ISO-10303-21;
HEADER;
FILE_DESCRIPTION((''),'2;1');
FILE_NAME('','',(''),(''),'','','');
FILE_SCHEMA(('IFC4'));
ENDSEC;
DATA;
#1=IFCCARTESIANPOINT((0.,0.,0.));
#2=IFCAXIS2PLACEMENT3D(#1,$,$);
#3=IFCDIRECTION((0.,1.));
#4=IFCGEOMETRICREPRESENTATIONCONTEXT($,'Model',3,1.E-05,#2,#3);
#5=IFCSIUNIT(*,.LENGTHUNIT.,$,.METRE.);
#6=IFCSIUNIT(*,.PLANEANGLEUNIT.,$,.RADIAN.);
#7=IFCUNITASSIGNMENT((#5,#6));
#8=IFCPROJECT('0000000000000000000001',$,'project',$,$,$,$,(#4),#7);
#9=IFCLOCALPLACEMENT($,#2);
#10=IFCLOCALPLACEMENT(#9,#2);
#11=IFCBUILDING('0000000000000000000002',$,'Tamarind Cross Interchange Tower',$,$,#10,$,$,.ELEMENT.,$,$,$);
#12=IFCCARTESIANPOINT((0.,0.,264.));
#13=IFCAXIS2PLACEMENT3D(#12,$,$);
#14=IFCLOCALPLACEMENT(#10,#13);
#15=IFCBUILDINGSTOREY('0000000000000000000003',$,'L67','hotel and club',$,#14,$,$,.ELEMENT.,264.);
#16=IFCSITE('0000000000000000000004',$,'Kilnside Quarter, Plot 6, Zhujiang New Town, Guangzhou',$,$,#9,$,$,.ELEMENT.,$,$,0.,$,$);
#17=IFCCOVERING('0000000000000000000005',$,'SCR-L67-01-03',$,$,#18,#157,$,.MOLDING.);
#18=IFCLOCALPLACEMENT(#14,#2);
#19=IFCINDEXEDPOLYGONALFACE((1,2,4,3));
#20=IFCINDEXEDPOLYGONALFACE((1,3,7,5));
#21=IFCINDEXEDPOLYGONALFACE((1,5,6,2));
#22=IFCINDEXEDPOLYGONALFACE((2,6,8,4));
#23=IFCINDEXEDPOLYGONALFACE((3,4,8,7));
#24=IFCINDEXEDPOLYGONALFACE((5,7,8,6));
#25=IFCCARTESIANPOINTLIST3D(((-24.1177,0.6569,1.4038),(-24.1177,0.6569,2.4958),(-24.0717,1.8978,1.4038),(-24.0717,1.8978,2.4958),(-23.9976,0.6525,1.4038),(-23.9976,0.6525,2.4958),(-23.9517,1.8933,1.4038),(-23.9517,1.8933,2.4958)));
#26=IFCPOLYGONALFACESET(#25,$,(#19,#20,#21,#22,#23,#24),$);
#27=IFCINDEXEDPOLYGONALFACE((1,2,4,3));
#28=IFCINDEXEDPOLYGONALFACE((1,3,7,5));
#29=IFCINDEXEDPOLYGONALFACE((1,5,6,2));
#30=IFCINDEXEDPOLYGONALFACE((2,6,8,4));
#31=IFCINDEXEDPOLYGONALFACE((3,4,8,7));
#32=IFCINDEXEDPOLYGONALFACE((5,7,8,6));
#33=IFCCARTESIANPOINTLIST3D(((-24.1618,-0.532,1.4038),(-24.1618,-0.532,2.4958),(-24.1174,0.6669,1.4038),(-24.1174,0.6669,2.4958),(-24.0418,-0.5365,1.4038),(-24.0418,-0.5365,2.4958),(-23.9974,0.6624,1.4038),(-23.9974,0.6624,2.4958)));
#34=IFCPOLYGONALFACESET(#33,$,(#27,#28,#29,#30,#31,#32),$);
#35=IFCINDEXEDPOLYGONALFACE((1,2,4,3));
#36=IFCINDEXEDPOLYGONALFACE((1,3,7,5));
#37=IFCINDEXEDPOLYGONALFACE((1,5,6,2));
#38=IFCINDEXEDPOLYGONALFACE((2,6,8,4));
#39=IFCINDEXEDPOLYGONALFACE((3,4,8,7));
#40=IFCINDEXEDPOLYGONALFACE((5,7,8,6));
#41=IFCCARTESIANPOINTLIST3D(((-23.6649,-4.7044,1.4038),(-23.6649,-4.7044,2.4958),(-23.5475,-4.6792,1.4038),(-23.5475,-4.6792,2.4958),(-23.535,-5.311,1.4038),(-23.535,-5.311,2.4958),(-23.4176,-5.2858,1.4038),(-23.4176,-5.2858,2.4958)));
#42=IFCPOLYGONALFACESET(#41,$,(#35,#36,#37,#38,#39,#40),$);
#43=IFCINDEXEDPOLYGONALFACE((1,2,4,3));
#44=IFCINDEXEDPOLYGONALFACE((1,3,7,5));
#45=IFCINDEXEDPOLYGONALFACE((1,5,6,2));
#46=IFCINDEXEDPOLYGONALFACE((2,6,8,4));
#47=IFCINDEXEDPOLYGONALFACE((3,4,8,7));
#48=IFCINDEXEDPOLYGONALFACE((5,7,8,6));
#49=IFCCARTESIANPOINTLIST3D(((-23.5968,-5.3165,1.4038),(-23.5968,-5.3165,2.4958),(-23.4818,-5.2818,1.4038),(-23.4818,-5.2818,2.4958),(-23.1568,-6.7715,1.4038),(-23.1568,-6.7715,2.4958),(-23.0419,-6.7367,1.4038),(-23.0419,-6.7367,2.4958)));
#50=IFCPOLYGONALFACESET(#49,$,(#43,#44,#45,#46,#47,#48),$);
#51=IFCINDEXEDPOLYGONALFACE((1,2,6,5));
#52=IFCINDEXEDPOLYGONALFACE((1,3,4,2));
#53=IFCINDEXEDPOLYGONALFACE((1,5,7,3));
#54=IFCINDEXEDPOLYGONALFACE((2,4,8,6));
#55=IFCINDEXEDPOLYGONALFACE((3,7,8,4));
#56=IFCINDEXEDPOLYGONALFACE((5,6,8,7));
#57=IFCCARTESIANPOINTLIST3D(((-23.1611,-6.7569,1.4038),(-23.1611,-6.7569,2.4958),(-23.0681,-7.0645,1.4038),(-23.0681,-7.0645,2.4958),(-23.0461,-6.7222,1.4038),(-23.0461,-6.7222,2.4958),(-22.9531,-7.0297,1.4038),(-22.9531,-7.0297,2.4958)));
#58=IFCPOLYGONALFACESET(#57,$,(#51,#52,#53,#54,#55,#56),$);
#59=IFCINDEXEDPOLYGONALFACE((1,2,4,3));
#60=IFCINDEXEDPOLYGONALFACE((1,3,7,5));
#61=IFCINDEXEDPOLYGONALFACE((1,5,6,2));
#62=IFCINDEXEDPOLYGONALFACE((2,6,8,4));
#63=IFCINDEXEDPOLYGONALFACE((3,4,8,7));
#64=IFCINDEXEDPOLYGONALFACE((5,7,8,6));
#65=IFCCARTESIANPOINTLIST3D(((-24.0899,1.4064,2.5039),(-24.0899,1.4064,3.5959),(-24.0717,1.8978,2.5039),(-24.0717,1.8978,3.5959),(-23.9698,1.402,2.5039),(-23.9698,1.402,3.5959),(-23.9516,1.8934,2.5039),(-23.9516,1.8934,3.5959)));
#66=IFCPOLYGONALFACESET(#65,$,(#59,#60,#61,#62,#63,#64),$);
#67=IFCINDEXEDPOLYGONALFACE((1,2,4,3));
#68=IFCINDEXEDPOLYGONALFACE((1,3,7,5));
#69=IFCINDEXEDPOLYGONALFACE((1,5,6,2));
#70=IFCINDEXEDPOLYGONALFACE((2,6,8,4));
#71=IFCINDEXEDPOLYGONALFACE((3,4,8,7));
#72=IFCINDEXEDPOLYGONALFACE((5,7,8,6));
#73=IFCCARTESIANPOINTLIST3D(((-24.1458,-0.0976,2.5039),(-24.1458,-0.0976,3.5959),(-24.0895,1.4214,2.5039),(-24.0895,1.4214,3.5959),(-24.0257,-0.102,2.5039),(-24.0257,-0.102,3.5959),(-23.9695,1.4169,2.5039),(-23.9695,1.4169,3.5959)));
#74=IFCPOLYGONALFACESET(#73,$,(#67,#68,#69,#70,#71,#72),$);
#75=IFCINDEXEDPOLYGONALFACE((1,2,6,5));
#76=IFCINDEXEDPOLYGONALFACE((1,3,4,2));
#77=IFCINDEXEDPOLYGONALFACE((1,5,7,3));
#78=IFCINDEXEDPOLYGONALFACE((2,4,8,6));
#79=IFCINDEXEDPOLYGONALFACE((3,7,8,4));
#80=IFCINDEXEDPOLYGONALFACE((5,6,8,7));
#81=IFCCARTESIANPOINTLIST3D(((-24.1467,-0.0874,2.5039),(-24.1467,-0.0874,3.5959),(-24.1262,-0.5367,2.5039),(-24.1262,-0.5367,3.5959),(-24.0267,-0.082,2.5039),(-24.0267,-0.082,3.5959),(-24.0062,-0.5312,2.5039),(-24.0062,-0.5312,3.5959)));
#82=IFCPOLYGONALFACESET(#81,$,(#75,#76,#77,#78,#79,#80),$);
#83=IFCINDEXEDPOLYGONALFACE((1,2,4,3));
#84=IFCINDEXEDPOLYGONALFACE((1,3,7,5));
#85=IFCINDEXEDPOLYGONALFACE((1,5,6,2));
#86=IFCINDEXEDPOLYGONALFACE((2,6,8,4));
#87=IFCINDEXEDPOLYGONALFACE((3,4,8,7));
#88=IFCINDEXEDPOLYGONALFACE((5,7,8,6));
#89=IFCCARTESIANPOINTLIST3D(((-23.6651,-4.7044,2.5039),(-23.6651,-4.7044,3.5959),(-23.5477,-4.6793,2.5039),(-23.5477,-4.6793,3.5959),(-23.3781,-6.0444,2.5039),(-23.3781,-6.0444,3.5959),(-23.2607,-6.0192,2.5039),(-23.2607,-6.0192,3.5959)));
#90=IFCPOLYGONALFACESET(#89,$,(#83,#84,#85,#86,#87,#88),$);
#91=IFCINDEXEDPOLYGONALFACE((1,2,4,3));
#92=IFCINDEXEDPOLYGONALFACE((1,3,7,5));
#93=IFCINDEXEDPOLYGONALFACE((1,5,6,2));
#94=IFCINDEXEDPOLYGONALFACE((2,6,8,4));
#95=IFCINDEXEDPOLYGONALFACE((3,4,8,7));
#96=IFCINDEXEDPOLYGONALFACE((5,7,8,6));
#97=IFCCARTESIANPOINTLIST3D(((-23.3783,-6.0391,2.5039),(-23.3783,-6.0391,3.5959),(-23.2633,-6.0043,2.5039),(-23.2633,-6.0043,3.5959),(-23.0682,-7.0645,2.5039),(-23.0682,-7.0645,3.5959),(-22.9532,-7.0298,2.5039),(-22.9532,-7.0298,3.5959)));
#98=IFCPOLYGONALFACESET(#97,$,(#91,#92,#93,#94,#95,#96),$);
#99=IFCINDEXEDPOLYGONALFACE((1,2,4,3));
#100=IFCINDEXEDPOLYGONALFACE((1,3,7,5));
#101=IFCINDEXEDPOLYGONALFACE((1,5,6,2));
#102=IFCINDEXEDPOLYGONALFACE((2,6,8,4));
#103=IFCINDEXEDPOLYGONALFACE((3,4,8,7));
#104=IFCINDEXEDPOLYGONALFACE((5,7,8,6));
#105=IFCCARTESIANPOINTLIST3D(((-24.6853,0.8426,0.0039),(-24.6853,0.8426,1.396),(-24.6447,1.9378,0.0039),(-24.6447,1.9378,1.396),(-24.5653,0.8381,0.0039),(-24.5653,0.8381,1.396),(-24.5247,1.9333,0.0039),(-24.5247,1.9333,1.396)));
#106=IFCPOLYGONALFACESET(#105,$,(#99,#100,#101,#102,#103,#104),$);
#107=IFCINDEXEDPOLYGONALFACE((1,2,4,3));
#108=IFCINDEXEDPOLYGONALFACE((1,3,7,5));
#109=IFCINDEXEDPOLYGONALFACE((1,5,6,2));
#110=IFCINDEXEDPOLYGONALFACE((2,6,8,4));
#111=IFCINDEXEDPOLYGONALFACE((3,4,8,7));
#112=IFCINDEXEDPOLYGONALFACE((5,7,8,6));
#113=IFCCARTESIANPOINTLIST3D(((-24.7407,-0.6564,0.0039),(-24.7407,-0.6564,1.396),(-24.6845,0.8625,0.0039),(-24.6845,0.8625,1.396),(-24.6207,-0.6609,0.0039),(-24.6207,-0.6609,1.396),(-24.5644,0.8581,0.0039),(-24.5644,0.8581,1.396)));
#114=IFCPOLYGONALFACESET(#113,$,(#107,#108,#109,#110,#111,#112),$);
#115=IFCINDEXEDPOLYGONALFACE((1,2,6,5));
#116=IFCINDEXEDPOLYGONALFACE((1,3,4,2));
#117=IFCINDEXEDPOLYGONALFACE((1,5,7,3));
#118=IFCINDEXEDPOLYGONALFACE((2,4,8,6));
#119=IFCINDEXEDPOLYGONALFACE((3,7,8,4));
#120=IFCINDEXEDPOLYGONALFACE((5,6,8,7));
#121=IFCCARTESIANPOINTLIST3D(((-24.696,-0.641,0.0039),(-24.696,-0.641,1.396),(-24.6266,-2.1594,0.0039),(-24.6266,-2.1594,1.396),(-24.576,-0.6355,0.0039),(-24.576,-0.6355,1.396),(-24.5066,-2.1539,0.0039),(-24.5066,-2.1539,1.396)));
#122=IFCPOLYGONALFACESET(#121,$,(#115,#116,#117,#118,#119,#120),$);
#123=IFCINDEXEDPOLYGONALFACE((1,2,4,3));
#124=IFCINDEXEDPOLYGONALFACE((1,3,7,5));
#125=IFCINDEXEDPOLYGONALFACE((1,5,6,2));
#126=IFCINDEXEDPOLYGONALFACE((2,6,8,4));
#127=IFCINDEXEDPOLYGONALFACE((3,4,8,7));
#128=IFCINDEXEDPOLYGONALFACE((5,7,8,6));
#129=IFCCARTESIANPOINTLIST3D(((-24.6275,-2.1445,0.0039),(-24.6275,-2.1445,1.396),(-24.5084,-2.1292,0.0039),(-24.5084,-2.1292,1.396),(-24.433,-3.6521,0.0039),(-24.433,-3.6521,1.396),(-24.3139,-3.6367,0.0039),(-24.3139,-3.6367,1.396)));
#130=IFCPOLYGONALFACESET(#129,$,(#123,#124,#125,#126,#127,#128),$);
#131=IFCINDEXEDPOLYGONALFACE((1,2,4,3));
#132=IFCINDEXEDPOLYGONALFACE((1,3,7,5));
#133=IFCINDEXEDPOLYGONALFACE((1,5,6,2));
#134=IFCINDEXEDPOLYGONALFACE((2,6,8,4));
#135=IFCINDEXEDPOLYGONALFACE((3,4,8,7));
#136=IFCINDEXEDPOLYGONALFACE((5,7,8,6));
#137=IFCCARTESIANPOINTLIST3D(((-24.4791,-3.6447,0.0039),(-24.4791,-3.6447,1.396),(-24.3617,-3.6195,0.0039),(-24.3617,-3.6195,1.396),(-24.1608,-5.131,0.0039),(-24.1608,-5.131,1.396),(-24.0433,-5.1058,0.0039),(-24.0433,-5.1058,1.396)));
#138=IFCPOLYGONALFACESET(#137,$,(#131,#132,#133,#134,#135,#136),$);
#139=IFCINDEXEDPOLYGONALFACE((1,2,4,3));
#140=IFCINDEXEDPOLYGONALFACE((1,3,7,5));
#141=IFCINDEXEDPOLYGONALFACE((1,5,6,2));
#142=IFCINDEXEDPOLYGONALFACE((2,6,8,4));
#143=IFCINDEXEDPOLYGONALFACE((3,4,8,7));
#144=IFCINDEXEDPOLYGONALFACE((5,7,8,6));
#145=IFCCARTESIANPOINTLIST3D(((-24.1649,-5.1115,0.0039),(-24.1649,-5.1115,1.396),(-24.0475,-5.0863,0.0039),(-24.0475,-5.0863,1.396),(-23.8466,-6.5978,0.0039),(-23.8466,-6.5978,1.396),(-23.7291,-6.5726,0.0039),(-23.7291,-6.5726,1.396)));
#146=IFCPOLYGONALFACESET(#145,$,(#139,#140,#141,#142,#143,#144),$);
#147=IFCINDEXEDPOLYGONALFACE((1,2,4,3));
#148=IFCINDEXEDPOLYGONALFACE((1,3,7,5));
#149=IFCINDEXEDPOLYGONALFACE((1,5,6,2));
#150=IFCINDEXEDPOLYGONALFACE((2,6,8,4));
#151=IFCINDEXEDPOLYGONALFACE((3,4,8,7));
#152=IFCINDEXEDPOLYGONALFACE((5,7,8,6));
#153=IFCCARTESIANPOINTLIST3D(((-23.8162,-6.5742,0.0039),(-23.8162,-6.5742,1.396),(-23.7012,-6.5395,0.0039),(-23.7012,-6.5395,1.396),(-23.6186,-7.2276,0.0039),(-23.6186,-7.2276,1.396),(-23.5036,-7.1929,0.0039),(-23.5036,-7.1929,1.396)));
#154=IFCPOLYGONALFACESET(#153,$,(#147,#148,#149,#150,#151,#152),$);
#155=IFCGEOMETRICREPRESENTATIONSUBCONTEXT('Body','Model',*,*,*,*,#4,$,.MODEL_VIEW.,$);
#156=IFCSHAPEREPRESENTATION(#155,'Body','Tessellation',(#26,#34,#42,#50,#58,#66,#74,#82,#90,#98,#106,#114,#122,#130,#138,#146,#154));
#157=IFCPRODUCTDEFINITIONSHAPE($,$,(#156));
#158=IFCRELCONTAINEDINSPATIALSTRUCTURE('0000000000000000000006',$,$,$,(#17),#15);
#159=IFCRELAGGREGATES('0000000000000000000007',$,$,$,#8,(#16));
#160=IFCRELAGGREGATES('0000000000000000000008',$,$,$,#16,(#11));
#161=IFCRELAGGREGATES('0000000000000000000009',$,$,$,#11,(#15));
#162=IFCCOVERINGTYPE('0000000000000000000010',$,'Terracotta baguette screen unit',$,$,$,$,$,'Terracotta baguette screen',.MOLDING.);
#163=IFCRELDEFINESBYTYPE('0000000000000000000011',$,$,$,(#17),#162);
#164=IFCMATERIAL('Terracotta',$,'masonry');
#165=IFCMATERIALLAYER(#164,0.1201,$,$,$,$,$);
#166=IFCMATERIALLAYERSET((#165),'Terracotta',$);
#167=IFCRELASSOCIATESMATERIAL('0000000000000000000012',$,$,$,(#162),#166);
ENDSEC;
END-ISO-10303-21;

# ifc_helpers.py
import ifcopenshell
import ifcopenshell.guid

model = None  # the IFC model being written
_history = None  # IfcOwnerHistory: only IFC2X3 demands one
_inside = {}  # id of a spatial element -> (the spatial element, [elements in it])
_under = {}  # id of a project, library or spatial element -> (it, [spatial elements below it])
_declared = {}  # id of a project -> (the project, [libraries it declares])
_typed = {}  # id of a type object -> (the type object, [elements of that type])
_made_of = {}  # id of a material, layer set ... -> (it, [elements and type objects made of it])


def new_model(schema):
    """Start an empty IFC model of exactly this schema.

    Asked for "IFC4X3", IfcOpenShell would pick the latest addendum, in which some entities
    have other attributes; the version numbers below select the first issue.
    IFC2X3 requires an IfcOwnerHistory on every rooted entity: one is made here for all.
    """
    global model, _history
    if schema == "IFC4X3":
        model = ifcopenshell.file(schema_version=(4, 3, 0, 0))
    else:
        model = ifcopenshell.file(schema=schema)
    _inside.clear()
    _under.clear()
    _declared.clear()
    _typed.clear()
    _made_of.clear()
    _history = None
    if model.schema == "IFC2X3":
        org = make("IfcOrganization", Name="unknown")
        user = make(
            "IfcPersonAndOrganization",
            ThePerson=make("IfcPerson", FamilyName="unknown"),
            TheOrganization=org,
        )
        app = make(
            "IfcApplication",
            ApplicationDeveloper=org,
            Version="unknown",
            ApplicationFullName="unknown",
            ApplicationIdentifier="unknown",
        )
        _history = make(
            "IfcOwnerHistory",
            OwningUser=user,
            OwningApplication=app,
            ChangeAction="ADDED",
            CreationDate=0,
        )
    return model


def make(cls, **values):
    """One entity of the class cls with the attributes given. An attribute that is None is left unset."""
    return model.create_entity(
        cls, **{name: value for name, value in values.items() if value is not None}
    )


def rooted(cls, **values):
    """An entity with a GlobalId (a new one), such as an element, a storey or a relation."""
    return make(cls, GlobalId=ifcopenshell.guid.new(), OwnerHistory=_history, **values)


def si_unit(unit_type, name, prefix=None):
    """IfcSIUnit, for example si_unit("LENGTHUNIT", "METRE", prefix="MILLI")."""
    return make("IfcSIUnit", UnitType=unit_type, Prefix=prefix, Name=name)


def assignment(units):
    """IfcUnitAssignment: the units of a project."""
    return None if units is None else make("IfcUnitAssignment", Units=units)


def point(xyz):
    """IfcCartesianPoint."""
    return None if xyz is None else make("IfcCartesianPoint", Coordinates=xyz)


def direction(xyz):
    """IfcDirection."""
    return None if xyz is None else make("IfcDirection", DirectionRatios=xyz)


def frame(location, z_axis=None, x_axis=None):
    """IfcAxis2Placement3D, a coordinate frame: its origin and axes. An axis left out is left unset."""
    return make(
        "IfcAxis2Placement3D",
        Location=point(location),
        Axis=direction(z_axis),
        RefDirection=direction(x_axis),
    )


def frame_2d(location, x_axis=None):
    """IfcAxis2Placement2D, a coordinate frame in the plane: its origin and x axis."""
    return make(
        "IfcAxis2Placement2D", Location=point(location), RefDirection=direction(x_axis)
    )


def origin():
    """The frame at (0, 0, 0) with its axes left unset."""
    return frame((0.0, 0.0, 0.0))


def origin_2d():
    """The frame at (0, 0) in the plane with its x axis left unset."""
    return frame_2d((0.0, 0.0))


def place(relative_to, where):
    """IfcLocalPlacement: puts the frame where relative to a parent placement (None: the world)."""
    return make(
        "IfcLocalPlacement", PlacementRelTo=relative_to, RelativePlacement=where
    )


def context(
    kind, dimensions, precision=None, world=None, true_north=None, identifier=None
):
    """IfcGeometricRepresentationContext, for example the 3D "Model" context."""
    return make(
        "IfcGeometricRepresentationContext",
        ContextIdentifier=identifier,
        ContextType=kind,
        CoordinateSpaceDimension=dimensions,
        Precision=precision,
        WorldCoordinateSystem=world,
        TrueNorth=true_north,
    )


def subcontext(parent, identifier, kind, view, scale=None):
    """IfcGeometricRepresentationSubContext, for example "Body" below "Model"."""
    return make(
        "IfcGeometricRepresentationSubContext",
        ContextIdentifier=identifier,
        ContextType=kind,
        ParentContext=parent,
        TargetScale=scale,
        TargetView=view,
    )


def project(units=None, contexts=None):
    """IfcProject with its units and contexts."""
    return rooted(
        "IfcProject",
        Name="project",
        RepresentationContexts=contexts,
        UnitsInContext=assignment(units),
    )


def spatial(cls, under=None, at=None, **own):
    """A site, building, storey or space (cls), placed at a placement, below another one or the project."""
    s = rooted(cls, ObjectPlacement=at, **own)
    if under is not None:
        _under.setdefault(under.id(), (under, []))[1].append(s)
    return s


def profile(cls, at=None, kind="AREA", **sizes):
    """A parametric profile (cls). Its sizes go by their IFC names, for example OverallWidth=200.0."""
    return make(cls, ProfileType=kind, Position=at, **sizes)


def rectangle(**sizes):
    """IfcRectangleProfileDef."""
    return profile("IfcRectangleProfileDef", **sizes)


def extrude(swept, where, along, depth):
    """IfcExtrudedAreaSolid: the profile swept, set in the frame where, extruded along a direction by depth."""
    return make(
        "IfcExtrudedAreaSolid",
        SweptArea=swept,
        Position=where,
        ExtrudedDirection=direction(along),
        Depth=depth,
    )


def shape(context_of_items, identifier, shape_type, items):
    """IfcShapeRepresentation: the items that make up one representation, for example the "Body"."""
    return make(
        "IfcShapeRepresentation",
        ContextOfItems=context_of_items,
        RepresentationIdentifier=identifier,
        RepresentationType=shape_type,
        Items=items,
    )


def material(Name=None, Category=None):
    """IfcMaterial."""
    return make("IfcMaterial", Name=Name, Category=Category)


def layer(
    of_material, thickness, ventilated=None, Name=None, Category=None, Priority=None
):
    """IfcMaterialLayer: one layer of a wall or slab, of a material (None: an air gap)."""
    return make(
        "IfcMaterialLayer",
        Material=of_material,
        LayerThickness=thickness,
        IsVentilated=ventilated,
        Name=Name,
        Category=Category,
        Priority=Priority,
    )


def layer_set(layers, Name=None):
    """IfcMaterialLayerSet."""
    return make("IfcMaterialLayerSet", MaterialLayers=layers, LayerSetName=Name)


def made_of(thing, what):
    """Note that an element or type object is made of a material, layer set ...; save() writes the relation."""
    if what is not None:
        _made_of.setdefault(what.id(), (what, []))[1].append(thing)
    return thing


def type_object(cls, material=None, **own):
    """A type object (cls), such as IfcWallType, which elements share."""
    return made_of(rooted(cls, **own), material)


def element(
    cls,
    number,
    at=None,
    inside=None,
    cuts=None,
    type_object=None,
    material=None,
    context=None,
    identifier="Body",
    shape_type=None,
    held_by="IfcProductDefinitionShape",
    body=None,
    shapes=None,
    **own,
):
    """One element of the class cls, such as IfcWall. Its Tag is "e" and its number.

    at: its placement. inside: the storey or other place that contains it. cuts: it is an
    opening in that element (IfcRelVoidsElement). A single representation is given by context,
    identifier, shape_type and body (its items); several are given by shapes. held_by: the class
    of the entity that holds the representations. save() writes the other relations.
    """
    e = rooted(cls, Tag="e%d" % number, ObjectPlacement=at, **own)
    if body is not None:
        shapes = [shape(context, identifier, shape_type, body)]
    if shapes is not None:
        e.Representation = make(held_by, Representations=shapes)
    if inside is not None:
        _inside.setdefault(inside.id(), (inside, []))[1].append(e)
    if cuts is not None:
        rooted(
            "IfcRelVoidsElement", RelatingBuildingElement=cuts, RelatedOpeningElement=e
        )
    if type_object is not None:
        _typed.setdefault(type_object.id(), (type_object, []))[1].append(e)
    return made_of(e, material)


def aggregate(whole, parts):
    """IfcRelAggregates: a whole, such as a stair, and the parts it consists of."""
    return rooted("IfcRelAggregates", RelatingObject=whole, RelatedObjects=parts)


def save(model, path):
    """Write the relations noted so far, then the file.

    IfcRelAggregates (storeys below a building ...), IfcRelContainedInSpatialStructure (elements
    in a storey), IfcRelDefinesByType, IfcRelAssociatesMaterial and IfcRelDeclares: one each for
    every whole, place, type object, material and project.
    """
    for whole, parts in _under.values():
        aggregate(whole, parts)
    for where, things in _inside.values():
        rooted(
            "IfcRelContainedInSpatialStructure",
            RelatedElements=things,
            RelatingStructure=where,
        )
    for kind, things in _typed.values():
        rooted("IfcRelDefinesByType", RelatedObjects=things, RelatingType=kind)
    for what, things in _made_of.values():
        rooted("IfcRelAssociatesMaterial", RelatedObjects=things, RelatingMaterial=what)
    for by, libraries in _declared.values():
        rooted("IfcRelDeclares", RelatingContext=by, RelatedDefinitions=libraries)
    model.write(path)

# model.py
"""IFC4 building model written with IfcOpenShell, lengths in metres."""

from ifc_helpers import new_model, si_unit, direction, frame, origin, origin_2d, place, context, subcontext, project, spatial, rectangle, extrude, material, layer, layer_set, type_object, element, save


model = new_model("IFC4")

# Units and contexts
model_context = context("Model", 3, precision=1e-05, world=origin(), true_north=direction((0.0, 1.0)))
body_context = subcontext(model_context, "Body", "Model", "MODEL_VIEW")
ifc_project = project(units=[si_unit("LENGTHUNIT", "METRE"), si_unit("PLANEANGLEUNIT", "RADIAN")], contexts=[model_context])

# Site, building, storey
site_placement = place(None, origin())
site = spatial("IfcSite", under=ifc_project, at=site_placement, Name="Kilnside Quarter, Plot 6, Zhujiang New Town, Guangzhou", CompositionType="ELEMENT", RefElevation=0.0)
building_placement = place(site_placement, origin())
building = spatial("IfcBuilding", under=site, at=building_placement, Name="Tamarind Cross Interchange Tower", CompositionType="ELEMENT")
storey_placement = place(building_placement, frame((0.0, 0.0, 264.0)))
storey = spatial("IfcBuildingStorey", under=building, at=storey_placement, Name="L67", Description="hotel and club", CompositionType="ELEMENT", Elevation=264.0)

# Covering
ifc_material_1 = material(Name="Terracotta", Category="masonry")
ifc_layer_1 = layer(ifc_material_1, 0.1201)
ifc_layer_set_1 = layer_set([ifc_layer_1], Name="Terracotta")
covering_type = type_object("IfcCoveringType", Name="Terracotta baguette screen unit", ElementType="Terracotta baguette screen", PredefinedType="MOLDING", material=ifc_layer_set_1)
covering_1_placement = place(storey_placement, origin())
element("IfcCovering", 1, at=covering_1_placement, inside=storey, type_object=covering_type, Name="SCR-L67-01-03", PredefinedType="MOLDING", context=body_context, shape_type="SweptSolid", body=[
    extrude(rectangle(XDim=1.2417, YDim=0.1201, at=origin_2d()), frame((-24.0347, 1.2751, 1.4038), z_axis=(0.0, 0.0, 1.0), x_axis=(-0.037025, -0.999314, 0.0)), (0.0, 0.0, 1.0), 1.092),
    extrude(rectangle(XDim=1.1997, YDim=0.1201, at=origin_2d()), frame((-24.0796, 0.0652, 1.4038), z_axis=(0.0, 0.0, 1.0), x_axis=(-0.037025, -0.999314, 0.0)), (0.0, 0.0, 1.0), 1.092),
    extrude(rectangle(XDim=0.6204, YDim=0.1201, at=origin_2d()), frame((-23.5413, -4.9951, 1.4038), z_axis=(0.0, 0.0, 1.0), x_axis=(0.209425, -0.977825, 0.0)), (0.0, 0.0, 1.0), 1.092),
    extrude(rectangle(XDim=1.52, YDim=0.1201, at=origin_2d()), frame((-23.3193, -6.0266, 1.4038), z_axis=(0.0, 0.0, 1.0), x_axis=(0.289458, -0.957191, 0.0)), (0.0, 0.0, 1.0), 1.092),
    extrude(rectangle(XDim=0.3213, YDim=0.1201, at=origin_2d()), frame((-23.0571, -6.8933, 1.4038), z_axis=(0.0, 0.0, 1.0), x_axis=(0.289458, -0.957191, 0.0)), (0.0, 0.0, 1.0), 1.092),
    extrude(rectangle(XDim=0.4917, YDim=0.1201, at=origin_2d()), frame((-24.0208, 1.6499, 2.5039), z_axis=(0.0, 0.0, 1.0), x_axis=(-0.037025, -0.999314, 0.0)), (0.0, 0.0, 1.0), 1.092),
    extrude(rectangle(XDim=1.52, YDim=0.1201, at=origin_2d()), frame((-24.0576, 0.6597, 2.5039), z_axis=(0.0, 0.0, 1.0), x_axis=(-0.037025, -0.999314, 0.0)), (0.0, 0.0, 1.0), 1.092),
    extrude(rectangle(XDim=0.4497, YDim=0.1201, at=origin_2d()), frame((-24.0764, -0.3093, 2.5039), z_axis=(0.0, 0.0, 1.0), x_axis=(0.045624, -0.998959, 0.0)), (0.0, 0.0, 1.0), 1.092),
    extrude(rectangle(XDim=1.3704, YDim=0.1201, at=origin_2d()), frame((-23.4629, -5.3618, 2.5039), z_axis=(0.0, 0.0, 1.0), x_axis=(0.209425, -0.977825, 0.0)), (0.0, 0.0, 1.0), 1.092),
    extrude(rectangle(XDim=1.0713, YDim=0.1201, at=origin_2d()), frame((-23.1658, -6.5344, 2.5039), z_axis=(0.0, 0.0, 1.0), x_axis=(0.289458, -0.957191, 0.0)), (0.0, 0.0, 1.0), 1.092),
    extrude(rectangle(XDim=1.0959, YDim=0.1201, at=origin_2d()), frame((-24.605, 1.3879, 0.0039), z_axis=(0.0, 0.0, 1.0), x_axis=(-0.037025, -0.999314, 0.0)), (0.0, 0.0, 1.0), 1.3921),
    extrude(rectangle(XDim=1.52, YDim=0.1201, at=origin_2d()), frame((-24.6526, 0.1008, 0.0039), z_axis=(0.0, 0.0, 1.0), x_axis=(-0.037025, -0.999314, 0.0)), (0.0, 0.0, 1.0), 1.3921),
    extrude(rectangle(XDim=1.52, YDim=0.1201, at=origin_2d()), frame((-24.6013, -1.3975, 0.0039), z_axis=(0.0, 0.0, 1.0), x_axis=(0.045624, -0.998959, 0.0)), (0.0, 0.0, 1.0), 1.3921),
    extrude(rectangle(XDim=1.52, YDim=0.1201, at=origin_2d()), frame((-24.4707, -2.8906, 0.0039), z_axis=(0.0, 0.0, 1.0), x_axis=(0.127962, -0.991779, 0.0)), (0.0, 0.0, 1.0), 1.3921),
    extrude(rectangle(XDim=1.52, YDim=0.1201, at=origin_2d()), frame((-24.2612, -4.3752, 0.0039), z_axis=(0.0, 0.0, 1.0), x_axis=(0.209425, -0.977825, 0.0)), (0.0, 0.0, 1.0), 1.3921),
    extrude(rectangle(XDim=1.52, YDim=0.1201, at=origin_2d()), frame((-23.947, -5.842, 0.0039), z_axis=(0.0, 0.0, 1.0), x_axis=(0.209425, -0.977825, 0.0)), (0.0, 0.0, 1.0), 1.3921),
    extrude(rectangle(XDim=0.6826, YDim=0.1201, at=origin_2d()), frame((-23.6599, -6.8835, 0.0039), z_axis=(0.0, 0.0, 1.0), x_axis=(0.289458, -0.957191, 0.0)), (0.0, 0.0, 1.0), 1.3921),
])

save(model, "model.ifc")
